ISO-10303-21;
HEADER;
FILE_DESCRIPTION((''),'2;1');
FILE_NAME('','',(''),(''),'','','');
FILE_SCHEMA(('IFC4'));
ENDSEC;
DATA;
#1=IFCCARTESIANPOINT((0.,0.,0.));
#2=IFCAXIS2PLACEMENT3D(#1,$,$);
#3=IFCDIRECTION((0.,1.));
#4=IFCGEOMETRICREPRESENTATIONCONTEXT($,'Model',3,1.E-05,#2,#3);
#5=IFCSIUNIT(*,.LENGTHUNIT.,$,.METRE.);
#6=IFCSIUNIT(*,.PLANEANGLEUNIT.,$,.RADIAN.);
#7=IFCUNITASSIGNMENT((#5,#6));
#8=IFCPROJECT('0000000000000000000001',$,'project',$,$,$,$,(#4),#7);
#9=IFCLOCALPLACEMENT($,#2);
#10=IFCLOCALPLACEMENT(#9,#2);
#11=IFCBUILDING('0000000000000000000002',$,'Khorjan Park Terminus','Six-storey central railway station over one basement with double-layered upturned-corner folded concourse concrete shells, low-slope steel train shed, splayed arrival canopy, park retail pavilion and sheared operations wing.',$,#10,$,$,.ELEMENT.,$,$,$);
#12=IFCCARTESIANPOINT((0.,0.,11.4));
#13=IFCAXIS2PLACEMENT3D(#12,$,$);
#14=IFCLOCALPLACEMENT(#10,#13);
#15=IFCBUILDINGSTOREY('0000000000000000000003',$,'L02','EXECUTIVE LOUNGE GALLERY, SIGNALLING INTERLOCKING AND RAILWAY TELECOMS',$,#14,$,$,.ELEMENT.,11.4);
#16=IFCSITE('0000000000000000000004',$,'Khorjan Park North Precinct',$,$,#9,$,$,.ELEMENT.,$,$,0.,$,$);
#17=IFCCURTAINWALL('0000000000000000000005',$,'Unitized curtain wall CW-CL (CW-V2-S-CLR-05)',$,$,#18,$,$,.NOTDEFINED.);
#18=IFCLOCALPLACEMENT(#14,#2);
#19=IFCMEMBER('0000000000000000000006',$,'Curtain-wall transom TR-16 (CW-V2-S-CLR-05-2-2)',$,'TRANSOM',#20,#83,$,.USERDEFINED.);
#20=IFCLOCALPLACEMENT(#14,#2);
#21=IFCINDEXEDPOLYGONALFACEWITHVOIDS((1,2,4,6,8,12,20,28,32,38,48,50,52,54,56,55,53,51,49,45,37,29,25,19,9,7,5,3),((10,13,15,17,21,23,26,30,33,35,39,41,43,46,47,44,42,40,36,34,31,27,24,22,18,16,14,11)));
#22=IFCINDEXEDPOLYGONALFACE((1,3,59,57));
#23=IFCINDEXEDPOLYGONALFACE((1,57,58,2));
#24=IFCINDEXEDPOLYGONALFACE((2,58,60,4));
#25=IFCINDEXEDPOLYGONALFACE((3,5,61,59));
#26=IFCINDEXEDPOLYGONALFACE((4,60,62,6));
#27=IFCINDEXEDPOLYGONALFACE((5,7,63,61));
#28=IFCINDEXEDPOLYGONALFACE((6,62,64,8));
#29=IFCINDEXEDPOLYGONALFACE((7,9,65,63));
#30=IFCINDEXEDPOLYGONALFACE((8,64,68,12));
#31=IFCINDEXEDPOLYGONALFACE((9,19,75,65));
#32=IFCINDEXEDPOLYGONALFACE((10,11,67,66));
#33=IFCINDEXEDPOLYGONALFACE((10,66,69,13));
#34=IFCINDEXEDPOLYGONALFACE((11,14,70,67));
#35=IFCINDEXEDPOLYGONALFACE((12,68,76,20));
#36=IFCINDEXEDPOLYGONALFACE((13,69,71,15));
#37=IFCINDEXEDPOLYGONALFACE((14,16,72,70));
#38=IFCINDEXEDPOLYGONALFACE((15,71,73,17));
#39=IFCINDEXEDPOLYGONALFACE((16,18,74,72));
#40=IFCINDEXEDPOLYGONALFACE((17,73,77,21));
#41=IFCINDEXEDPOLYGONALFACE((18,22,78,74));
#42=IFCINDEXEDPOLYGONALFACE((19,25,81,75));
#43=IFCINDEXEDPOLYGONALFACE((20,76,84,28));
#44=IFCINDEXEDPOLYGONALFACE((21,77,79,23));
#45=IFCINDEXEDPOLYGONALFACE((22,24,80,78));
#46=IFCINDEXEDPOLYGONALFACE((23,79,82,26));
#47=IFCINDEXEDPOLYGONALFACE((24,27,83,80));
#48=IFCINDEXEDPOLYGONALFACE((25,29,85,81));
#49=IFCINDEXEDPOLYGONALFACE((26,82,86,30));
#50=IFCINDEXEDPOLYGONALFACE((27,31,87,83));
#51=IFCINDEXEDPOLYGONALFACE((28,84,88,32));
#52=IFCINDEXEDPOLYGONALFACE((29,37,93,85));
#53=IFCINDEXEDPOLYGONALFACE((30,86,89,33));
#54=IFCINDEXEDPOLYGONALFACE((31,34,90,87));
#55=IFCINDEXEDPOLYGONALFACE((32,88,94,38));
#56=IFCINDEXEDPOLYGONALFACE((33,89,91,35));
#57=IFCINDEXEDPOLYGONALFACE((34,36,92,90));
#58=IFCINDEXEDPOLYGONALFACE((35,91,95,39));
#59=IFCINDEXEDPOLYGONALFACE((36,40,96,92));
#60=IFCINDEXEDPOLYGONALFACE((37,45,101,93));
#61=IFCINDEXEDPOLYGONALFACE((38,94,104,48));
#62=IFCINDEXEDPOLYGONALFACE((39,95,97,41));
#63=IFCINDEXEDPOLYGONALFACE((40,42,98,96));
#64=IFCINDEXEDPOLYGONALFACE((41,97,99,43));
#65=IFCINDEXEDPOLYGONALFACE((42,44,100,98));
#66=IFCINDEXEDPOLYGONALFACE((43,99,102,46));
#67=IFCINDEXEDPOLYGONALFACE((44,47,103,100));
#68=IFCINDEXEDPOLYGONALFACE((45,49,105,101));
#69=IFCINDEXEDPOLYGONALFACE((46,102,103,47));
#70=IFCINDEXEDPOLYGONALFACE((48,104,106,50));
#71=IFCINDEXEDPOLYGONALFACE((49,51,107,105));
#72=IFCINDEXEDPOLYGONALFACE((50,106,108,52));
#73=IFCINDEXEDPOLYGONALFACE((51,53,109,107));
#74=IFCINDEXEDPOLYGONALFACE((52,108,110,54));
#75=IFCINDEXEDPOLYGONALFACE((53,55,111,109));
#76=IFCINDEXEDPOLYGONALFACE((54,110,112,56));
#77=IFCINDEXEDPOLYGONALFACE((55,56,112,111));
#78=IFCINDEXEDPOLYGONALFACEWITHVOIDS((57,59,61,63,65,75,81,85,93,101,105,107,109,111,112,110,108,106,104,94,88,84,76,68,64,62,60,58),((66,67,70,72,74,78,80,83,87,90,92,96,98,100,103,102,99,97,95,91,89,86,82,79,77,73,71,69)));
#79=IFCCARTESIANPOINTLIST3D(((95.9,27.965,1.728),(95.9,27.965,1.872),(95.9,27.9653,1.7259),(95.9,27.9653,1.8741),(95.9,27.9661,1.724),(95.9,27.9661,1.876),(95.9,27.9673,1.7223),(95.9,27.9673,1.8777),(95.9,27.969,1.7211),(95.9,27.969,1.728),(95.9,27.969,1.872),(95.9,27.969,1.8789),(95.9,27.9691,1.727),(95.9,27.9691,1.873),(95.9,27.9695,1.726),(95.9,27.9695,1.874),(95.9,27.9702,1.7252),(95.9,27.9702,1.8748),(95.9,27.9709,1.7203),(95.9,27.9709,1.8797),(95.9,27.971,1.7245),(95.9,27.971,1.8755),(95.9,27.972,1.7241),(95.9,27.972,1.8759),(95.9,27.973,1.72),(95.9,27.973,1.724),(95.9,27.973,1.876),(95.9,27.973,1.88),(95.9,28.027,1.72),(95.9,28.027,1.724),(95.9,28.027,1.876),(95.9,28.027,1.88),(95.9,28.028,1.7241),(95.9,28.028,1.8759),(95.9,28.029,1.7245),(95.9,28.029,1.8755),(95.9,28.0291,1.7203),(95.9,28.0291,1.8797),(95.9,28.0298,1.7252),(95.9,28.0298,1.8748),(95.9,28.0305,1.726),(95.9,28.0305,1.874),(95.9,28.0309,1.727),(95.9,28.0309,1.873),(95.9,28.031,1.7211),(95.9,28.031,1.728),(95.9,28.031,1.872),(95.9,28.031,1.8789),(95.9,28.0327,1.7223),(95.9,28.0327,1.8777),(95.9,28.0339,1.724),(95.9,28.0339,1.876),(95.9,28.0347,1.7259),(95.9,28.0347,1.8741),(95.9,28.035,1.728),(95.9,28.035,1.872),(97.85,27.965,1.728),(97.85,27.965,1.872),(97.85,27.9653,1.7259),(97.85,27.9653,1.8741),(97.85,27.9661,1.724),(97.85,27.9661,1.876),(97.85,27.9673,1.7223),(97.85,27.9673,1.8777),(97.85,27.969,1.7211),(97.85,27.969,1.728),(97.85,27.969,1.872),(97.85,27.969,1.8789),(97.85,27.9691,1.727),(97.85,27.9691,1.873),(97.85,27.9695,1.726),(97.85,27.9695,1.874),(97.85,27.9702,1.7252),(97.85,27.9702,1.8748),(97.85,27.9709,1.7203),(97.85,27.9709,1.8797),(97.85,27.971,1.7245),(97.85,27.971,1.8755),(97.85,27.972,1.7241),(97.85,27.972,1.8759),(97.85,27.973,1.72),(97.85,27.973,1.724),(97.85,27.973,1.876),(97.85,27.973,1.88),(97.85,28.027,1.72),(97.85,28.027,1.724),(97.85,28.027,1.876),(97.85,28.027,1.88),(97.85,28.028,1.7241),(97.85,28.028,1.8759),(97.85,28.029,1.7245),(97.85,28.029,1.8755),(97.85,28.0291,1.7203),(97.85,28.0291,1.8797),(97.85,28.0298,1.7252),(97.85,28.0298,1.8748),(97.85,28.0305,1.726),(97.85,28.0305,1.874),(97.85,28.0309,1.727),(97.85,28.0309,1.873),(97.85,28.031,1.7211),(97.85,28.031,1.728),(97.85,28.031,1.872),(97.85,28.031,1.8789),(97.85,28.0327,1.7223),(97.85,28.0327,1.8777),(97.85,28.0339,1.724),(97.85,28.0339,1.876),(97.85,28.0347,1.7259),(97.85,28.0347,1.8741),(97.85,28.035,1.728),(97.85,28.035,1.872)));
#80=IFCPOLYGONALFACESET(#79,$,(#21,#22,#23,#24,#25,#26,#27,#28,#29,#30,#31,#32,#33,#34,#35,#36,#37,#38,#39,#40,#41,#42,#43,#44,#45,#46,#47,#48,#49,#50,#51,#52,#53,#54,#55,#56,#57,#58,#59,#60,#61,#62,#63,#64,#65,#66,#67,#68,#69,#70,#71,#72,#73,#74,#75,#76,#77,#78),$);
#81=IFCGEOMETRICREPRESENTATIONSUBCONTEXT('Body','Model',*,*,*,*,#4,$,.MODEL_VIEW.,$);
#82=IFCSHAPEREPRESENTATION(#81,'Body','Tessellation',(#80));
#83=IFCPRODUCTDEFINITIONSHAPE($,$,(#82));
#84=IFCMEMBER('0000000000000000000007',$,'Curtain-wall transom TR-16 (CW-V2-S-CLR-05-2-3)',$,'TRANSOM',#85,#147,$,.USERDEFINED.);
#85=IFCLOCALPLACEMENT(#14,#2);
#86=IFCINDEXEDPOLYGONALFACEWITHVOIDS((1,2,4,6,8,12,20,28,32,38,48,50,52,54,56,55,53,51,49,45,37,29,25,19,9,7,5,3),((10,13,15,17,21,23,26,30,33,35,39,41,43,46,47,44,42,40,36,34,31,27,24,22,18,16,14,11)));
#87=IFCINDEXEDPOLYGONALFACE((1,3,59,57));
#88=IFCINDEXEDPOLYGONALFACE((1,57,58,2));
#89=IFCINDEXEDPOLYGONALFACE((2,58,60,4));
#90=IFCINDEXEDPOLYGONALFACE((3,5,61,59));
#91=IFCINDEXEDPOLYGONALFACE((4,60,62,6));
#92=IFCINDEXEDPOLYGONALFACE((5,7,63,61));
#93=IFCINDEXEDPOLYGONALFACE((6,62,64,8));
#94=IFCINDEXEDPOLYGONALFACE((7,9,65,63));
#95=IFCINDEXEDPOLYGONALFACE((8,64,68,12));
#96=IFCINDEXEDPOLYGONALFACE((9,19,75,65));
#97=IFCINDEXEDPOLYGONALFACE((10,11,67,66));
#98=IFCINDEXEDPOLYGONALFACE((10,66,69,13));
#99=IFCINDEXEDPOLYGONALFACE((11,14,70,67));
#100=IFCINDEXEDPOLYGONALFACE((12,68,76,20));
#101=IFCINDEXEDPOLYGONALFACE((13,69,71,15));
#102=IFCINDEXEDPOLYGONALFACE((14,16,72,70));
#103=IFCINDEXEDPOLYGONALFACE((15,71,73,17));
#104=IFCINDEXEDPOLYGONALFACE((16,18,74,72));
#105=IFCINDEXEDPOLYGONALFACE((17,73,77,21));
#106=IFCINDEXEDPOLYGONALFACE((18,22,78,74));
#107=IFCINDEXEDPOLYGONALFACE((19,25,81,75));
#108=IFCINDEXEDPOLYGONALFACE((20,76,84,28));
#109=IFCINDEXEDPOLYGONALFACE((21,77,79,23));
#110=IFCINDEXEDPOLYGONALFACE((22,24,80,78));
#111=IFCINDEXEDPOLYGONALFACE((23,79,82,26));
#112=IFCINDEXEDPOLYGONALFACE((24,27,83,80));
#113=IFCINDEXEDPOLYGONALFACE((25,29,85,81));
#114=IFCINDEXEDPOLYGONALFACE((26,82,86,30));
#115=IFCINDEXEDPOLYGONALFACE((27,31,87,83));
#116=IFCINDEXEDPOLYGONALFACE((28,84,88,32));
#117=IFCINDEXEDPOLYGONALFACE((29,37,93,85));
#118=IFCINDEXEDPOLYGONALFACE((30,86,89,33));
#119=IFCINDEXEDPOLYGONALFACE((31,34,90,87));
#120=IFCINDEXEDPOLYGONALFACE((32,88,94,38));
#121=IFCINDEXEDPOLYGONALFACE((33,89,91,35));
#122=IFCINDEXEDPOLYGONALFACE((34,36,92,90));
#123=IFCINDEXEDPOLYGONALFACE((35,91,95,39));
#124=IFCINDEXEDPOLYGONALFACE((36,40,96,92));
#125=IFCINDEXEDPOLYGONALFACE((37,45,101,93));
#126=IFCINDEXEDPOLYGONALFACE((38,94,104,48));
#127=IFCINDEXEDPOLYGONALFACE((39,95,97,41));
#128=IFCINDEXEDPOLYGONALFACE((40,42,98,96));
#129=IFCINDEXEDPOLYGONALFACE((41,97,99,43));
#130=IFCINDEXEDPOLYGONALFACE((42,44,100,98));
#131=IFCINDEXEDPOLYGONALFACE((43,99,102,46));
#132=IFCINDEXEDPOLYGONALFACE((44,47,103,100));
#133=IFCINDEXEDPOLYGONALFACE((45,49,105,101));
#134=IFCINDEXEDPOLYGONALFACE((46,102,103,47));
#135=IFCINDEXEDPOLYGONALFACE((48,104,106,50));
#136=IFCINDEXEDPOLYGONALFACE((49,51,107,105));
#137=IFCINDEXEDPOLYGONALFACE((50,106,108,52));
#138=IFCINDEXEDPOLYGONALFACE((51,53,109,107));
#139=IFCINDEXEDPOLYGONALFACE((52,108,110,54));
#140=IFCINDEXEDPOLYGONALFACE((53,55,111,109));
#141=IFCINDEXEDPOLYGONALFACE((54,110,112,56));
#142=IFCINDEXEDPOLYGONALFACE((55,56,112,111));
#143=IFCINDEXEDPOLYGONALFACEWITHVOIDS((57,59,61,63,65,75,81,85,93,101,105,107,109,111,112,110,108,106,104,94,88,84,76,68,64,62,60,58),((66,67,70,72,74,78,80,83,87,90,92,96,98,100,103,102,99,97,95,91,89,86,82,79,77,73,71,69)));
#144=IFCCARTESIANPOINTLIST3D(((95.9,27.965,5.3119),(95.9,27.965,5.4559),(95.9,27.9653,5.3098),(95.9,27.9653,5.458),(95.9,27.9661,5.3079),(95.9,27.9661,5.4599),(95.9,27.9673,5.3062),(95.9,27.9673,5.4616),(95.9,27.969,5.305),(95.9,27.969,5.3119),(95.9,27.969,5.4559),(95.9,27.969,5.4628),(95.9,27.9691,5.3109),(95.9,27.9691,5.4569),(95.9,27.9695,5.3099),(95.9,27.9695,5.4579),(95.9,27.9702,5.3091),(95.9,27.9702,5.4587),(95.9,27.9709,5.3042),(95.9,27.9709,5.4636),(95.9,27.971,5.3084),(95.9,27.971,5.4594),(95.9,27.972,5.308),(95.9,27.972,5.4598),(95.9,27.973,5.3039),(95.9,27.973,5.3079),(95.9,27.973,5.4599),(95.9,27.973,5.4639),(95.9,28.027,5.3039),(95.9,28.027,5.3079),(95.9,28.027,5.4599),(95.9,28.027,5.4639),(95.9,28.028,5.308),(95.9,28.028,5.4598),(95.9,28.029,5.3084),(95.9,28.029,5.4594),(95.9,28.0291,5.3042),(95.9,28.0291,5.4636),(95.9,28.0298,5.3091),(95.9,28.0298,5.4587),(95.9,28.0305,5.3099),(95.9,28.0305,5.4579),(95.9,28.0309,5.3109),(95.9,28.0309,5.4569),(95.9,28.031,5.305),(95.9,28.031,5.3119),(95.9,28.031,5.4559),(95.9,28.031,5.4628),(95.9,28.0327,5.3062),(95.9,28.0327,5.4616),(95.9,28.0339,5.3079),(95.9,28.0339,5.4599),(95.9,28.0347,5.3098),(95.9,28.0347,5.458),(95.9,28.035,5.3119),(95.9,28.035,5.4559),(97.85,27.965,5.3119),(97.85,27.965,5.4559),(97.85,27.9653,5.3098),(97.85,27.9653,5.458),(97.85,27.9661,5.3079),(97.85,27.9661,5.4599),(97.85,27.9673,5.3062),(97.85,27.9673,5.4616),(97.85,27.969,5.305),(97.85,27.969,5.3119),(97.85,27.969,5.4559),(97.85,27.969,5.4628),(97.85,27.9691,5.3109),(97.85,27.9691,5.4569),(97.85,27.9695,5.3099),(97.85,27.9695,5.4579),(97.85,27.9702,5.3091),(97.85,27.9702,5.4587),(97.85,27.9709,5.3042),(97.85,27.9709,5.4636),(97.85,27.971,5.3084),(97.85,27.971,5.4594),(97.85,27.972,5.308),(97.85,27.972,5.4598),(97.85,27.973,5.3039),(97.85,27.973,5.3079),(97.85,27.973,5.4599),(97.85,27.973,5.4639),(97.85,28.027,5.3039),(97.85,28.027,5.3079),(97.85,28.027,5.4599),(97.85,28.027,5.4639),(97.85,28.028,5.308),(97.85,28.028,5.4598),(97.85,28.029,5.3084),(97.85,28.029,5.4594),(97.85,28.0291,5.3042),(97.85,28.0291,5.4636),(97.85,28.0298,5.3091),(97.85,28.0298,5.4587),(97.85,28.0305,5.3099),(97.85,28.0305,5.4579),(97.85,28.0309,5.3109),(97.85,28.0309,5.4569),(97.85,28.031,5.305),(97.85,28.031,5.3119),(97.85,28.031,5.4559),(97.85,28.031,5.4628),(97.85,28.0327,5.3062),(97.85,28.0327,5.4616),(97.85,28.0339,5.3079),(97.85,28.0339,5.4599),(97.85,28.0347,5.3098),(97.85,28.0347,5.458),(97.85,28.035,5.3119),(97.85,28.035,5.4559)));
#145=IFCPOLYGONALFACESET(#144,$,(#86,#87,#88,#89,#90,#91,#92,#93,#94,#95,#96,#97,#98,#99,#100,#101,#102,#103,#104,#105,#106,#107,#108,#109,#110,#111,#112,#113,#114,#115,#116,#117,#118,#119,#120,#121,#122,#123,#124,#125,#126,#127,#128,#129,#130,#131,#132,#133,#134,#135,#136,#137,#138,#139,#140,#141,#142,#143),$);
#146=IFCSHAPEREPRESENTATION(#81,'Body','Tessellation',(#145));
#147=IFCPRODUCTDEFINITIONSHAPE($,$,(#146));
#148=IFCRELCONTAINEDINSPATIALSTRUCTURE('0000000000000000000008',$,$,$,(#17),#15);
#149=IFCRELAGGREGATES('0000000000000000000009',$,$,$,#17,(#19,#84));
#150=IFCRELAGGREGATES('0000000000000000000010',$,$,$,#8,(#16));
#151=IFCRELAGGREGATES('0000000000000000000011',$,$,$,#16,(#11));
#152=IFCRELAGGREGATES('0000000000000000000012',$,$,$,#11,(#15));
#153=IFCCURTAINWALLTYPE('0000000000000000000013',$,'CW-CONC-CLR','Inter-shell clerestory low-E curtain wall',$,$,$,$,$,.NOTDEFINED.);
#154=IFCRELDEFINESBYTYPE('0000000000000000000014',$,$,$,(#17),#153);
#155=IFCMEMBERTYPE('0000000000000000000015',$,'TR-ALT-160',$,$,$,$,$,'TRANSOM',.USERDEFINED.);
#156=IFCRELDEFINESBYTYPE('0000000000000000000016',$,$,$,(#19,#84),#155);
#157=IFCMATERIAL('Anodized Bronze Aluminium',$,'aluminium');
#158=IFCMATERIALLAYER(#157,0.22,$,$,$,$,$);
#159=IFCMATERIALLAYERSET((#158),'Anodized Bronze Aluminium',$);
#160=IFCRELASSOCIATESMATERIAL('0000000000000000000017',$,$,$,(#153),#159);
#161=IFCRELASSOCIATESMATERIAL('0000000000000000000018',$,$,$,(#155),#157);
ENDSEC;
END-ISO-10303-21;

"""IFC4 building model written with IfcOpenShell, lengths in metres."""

from ifc_helpers import new_model, si_unit, direction, frame, origin, origin_2d, place, context, subcontext, project, spatial, hollow_rectangle, extrude, material, layer, layer_set, material_profile, profile_set, type_object, element, aggregate, save


model = new_model("IFC4")

# Units and contexts
model_context = context("Model", 3, precision=1e-05, world=origin(), true_north=direction((0.0, 1.0)))
body_context = subcontext(model_context, "Body", "Model", "MODEL_VIEW")
ifc_project = project(units=[si_unit("LENGTHUNIT", "METRE"), si_unit("PLANEANGLEUNIT", "RADIAN")], contexts=[model_context])

# Site, building, storey
site_placement = place(None, origin())
site = spatial("IfcSite", under=ifc_project, at=site_placement, Name="Khorjan Park North Precinct", CompositionType="ELEMENT", RefElevation=0.0)
building_placement = place(site_placement, origin())
building = spatial("IfcBuilding", under=site, at=building_placement, Name="Khorjan Park Terminus", Description="Six-storey central railway station over one basement with double-layered upturned-corner folded concourse concrete shells, low-slope steel train shed, splayed arrival canopy, park retail pavilion and sheared operations wing.", CompositionType="ELEMENT")
storey_placement = place(building_placement, frame((0.0, 0.0, 11.4)))
storey = spatial("IfcBuildingStorey", under=building, at=storey_placement, Name="L02", Description="EXECUTIVE LOUNGE GALLERY, SIGNALLING INTERLOCKING AND RAILWAY TELECOMS", CompositionType="ELEMENT", Elevation=11.4)

# Curtain wall
ifc_material_1 = material(Name="Anodized Bronze Aluminium", Category="aluminium")
ifc_layer_1 = layer(ifc_material_1, 0.22)
ifc_layer_set_1 = layer_set([ifc_layer_1], Name="Anodized Bronze Aluminium")
curtain_wall_type = type_object("IfcCurtainWallType", Name="CW-CONC-CLR", Description="Inter-shell clerestory low-E curtain wall", PredefinedType="NOTDEFINED", material=ifc_layer_set_1)
curtain_wall_1_placement = place(storey_placement, origin())
curtain_wall_1 = element("IfcCurtainWall", 1, at=curtain_wall_1_placement, inside=storey, type_object=curtain_wall_type, Name="Unitized curtain wall CW-CL (CW-V2-S-CLR-05)", PredefinedType="NOTDEFINED")

# Members
ifc_material_profile_1 = material_profile(ifc_material_1, hollow_rectangle(XDim=0.07, YDim=0.16, WallThickness=0.004, InnerFilletRadius=0.004, OuterFilletRadius=0.008, at=origin_2d()), Name="ALT 70x160x4")
ifc_profile_set_1 = profile_set([ifc_material_profile_1], Name="Anodized Bronze Aluminium")
member_type_1 = type_object("IfcMemberType", Name="TR-ALT-160", ElementType="TRANSOM", PredefinedType="USERDEFINED", material=ifc_profile_set_1)
member_1_placement = place(storey_placement, frame((95.9, 28.0, 1.8), z_axis=(1.0, 0.0, 0.0), x_axis=(0.0, 1.0, 0.0)))
member_1 = element("IfcMember", 2, at=member_1_placement, type_object=member_type_1, Name="Curtain-wall transom TR-16 (CW-V2-S-CLR-05-2-2)", ObjectType="TRANSOM", PredefinedType="USERDEFINED", context=body_context, shape_type="SweptSolid", body=[
    extrude(hollow_rectangle(XDim=0.07, YDim=0.16, WallThickness=0.004, InnerFilletRadius=0.004, OuterFilletRadius=0.008, at=origin_2d()), origin(), (0.0, 0.0, 1.0), 1.95),
])
member_2_placement = place(storey_placement, frame((95.9, 28.0, 5.3839), z_axis=(1.0, 0.0, 0.0), x_axis=(0.0, 1.0, 0.0)))
member_2 = element("IfcMember", 3, at=member_2_placement, type_object=member_type_1, Name="Curtain-wall transom TR-16 (CW-V2-S-CLR-05-2-3)", ObjectType="TRANSOM", PredefinedType="USERDEFINED", context=body_context, shape_type="SweptSolid", body=[
    extrude(hollow_rectangle(XDim=0.07, YDim=0.16, WallThickness=0.004, InnerFilletRadius=0.004, OuterFilletRadius=0.008, at=origin_2d()), origin(), (0.0, 0.0, 1.0), 1.95),
])

aggregate(curtain_wall_1, [member_1, member_2])

save(model, "model.ifc")
